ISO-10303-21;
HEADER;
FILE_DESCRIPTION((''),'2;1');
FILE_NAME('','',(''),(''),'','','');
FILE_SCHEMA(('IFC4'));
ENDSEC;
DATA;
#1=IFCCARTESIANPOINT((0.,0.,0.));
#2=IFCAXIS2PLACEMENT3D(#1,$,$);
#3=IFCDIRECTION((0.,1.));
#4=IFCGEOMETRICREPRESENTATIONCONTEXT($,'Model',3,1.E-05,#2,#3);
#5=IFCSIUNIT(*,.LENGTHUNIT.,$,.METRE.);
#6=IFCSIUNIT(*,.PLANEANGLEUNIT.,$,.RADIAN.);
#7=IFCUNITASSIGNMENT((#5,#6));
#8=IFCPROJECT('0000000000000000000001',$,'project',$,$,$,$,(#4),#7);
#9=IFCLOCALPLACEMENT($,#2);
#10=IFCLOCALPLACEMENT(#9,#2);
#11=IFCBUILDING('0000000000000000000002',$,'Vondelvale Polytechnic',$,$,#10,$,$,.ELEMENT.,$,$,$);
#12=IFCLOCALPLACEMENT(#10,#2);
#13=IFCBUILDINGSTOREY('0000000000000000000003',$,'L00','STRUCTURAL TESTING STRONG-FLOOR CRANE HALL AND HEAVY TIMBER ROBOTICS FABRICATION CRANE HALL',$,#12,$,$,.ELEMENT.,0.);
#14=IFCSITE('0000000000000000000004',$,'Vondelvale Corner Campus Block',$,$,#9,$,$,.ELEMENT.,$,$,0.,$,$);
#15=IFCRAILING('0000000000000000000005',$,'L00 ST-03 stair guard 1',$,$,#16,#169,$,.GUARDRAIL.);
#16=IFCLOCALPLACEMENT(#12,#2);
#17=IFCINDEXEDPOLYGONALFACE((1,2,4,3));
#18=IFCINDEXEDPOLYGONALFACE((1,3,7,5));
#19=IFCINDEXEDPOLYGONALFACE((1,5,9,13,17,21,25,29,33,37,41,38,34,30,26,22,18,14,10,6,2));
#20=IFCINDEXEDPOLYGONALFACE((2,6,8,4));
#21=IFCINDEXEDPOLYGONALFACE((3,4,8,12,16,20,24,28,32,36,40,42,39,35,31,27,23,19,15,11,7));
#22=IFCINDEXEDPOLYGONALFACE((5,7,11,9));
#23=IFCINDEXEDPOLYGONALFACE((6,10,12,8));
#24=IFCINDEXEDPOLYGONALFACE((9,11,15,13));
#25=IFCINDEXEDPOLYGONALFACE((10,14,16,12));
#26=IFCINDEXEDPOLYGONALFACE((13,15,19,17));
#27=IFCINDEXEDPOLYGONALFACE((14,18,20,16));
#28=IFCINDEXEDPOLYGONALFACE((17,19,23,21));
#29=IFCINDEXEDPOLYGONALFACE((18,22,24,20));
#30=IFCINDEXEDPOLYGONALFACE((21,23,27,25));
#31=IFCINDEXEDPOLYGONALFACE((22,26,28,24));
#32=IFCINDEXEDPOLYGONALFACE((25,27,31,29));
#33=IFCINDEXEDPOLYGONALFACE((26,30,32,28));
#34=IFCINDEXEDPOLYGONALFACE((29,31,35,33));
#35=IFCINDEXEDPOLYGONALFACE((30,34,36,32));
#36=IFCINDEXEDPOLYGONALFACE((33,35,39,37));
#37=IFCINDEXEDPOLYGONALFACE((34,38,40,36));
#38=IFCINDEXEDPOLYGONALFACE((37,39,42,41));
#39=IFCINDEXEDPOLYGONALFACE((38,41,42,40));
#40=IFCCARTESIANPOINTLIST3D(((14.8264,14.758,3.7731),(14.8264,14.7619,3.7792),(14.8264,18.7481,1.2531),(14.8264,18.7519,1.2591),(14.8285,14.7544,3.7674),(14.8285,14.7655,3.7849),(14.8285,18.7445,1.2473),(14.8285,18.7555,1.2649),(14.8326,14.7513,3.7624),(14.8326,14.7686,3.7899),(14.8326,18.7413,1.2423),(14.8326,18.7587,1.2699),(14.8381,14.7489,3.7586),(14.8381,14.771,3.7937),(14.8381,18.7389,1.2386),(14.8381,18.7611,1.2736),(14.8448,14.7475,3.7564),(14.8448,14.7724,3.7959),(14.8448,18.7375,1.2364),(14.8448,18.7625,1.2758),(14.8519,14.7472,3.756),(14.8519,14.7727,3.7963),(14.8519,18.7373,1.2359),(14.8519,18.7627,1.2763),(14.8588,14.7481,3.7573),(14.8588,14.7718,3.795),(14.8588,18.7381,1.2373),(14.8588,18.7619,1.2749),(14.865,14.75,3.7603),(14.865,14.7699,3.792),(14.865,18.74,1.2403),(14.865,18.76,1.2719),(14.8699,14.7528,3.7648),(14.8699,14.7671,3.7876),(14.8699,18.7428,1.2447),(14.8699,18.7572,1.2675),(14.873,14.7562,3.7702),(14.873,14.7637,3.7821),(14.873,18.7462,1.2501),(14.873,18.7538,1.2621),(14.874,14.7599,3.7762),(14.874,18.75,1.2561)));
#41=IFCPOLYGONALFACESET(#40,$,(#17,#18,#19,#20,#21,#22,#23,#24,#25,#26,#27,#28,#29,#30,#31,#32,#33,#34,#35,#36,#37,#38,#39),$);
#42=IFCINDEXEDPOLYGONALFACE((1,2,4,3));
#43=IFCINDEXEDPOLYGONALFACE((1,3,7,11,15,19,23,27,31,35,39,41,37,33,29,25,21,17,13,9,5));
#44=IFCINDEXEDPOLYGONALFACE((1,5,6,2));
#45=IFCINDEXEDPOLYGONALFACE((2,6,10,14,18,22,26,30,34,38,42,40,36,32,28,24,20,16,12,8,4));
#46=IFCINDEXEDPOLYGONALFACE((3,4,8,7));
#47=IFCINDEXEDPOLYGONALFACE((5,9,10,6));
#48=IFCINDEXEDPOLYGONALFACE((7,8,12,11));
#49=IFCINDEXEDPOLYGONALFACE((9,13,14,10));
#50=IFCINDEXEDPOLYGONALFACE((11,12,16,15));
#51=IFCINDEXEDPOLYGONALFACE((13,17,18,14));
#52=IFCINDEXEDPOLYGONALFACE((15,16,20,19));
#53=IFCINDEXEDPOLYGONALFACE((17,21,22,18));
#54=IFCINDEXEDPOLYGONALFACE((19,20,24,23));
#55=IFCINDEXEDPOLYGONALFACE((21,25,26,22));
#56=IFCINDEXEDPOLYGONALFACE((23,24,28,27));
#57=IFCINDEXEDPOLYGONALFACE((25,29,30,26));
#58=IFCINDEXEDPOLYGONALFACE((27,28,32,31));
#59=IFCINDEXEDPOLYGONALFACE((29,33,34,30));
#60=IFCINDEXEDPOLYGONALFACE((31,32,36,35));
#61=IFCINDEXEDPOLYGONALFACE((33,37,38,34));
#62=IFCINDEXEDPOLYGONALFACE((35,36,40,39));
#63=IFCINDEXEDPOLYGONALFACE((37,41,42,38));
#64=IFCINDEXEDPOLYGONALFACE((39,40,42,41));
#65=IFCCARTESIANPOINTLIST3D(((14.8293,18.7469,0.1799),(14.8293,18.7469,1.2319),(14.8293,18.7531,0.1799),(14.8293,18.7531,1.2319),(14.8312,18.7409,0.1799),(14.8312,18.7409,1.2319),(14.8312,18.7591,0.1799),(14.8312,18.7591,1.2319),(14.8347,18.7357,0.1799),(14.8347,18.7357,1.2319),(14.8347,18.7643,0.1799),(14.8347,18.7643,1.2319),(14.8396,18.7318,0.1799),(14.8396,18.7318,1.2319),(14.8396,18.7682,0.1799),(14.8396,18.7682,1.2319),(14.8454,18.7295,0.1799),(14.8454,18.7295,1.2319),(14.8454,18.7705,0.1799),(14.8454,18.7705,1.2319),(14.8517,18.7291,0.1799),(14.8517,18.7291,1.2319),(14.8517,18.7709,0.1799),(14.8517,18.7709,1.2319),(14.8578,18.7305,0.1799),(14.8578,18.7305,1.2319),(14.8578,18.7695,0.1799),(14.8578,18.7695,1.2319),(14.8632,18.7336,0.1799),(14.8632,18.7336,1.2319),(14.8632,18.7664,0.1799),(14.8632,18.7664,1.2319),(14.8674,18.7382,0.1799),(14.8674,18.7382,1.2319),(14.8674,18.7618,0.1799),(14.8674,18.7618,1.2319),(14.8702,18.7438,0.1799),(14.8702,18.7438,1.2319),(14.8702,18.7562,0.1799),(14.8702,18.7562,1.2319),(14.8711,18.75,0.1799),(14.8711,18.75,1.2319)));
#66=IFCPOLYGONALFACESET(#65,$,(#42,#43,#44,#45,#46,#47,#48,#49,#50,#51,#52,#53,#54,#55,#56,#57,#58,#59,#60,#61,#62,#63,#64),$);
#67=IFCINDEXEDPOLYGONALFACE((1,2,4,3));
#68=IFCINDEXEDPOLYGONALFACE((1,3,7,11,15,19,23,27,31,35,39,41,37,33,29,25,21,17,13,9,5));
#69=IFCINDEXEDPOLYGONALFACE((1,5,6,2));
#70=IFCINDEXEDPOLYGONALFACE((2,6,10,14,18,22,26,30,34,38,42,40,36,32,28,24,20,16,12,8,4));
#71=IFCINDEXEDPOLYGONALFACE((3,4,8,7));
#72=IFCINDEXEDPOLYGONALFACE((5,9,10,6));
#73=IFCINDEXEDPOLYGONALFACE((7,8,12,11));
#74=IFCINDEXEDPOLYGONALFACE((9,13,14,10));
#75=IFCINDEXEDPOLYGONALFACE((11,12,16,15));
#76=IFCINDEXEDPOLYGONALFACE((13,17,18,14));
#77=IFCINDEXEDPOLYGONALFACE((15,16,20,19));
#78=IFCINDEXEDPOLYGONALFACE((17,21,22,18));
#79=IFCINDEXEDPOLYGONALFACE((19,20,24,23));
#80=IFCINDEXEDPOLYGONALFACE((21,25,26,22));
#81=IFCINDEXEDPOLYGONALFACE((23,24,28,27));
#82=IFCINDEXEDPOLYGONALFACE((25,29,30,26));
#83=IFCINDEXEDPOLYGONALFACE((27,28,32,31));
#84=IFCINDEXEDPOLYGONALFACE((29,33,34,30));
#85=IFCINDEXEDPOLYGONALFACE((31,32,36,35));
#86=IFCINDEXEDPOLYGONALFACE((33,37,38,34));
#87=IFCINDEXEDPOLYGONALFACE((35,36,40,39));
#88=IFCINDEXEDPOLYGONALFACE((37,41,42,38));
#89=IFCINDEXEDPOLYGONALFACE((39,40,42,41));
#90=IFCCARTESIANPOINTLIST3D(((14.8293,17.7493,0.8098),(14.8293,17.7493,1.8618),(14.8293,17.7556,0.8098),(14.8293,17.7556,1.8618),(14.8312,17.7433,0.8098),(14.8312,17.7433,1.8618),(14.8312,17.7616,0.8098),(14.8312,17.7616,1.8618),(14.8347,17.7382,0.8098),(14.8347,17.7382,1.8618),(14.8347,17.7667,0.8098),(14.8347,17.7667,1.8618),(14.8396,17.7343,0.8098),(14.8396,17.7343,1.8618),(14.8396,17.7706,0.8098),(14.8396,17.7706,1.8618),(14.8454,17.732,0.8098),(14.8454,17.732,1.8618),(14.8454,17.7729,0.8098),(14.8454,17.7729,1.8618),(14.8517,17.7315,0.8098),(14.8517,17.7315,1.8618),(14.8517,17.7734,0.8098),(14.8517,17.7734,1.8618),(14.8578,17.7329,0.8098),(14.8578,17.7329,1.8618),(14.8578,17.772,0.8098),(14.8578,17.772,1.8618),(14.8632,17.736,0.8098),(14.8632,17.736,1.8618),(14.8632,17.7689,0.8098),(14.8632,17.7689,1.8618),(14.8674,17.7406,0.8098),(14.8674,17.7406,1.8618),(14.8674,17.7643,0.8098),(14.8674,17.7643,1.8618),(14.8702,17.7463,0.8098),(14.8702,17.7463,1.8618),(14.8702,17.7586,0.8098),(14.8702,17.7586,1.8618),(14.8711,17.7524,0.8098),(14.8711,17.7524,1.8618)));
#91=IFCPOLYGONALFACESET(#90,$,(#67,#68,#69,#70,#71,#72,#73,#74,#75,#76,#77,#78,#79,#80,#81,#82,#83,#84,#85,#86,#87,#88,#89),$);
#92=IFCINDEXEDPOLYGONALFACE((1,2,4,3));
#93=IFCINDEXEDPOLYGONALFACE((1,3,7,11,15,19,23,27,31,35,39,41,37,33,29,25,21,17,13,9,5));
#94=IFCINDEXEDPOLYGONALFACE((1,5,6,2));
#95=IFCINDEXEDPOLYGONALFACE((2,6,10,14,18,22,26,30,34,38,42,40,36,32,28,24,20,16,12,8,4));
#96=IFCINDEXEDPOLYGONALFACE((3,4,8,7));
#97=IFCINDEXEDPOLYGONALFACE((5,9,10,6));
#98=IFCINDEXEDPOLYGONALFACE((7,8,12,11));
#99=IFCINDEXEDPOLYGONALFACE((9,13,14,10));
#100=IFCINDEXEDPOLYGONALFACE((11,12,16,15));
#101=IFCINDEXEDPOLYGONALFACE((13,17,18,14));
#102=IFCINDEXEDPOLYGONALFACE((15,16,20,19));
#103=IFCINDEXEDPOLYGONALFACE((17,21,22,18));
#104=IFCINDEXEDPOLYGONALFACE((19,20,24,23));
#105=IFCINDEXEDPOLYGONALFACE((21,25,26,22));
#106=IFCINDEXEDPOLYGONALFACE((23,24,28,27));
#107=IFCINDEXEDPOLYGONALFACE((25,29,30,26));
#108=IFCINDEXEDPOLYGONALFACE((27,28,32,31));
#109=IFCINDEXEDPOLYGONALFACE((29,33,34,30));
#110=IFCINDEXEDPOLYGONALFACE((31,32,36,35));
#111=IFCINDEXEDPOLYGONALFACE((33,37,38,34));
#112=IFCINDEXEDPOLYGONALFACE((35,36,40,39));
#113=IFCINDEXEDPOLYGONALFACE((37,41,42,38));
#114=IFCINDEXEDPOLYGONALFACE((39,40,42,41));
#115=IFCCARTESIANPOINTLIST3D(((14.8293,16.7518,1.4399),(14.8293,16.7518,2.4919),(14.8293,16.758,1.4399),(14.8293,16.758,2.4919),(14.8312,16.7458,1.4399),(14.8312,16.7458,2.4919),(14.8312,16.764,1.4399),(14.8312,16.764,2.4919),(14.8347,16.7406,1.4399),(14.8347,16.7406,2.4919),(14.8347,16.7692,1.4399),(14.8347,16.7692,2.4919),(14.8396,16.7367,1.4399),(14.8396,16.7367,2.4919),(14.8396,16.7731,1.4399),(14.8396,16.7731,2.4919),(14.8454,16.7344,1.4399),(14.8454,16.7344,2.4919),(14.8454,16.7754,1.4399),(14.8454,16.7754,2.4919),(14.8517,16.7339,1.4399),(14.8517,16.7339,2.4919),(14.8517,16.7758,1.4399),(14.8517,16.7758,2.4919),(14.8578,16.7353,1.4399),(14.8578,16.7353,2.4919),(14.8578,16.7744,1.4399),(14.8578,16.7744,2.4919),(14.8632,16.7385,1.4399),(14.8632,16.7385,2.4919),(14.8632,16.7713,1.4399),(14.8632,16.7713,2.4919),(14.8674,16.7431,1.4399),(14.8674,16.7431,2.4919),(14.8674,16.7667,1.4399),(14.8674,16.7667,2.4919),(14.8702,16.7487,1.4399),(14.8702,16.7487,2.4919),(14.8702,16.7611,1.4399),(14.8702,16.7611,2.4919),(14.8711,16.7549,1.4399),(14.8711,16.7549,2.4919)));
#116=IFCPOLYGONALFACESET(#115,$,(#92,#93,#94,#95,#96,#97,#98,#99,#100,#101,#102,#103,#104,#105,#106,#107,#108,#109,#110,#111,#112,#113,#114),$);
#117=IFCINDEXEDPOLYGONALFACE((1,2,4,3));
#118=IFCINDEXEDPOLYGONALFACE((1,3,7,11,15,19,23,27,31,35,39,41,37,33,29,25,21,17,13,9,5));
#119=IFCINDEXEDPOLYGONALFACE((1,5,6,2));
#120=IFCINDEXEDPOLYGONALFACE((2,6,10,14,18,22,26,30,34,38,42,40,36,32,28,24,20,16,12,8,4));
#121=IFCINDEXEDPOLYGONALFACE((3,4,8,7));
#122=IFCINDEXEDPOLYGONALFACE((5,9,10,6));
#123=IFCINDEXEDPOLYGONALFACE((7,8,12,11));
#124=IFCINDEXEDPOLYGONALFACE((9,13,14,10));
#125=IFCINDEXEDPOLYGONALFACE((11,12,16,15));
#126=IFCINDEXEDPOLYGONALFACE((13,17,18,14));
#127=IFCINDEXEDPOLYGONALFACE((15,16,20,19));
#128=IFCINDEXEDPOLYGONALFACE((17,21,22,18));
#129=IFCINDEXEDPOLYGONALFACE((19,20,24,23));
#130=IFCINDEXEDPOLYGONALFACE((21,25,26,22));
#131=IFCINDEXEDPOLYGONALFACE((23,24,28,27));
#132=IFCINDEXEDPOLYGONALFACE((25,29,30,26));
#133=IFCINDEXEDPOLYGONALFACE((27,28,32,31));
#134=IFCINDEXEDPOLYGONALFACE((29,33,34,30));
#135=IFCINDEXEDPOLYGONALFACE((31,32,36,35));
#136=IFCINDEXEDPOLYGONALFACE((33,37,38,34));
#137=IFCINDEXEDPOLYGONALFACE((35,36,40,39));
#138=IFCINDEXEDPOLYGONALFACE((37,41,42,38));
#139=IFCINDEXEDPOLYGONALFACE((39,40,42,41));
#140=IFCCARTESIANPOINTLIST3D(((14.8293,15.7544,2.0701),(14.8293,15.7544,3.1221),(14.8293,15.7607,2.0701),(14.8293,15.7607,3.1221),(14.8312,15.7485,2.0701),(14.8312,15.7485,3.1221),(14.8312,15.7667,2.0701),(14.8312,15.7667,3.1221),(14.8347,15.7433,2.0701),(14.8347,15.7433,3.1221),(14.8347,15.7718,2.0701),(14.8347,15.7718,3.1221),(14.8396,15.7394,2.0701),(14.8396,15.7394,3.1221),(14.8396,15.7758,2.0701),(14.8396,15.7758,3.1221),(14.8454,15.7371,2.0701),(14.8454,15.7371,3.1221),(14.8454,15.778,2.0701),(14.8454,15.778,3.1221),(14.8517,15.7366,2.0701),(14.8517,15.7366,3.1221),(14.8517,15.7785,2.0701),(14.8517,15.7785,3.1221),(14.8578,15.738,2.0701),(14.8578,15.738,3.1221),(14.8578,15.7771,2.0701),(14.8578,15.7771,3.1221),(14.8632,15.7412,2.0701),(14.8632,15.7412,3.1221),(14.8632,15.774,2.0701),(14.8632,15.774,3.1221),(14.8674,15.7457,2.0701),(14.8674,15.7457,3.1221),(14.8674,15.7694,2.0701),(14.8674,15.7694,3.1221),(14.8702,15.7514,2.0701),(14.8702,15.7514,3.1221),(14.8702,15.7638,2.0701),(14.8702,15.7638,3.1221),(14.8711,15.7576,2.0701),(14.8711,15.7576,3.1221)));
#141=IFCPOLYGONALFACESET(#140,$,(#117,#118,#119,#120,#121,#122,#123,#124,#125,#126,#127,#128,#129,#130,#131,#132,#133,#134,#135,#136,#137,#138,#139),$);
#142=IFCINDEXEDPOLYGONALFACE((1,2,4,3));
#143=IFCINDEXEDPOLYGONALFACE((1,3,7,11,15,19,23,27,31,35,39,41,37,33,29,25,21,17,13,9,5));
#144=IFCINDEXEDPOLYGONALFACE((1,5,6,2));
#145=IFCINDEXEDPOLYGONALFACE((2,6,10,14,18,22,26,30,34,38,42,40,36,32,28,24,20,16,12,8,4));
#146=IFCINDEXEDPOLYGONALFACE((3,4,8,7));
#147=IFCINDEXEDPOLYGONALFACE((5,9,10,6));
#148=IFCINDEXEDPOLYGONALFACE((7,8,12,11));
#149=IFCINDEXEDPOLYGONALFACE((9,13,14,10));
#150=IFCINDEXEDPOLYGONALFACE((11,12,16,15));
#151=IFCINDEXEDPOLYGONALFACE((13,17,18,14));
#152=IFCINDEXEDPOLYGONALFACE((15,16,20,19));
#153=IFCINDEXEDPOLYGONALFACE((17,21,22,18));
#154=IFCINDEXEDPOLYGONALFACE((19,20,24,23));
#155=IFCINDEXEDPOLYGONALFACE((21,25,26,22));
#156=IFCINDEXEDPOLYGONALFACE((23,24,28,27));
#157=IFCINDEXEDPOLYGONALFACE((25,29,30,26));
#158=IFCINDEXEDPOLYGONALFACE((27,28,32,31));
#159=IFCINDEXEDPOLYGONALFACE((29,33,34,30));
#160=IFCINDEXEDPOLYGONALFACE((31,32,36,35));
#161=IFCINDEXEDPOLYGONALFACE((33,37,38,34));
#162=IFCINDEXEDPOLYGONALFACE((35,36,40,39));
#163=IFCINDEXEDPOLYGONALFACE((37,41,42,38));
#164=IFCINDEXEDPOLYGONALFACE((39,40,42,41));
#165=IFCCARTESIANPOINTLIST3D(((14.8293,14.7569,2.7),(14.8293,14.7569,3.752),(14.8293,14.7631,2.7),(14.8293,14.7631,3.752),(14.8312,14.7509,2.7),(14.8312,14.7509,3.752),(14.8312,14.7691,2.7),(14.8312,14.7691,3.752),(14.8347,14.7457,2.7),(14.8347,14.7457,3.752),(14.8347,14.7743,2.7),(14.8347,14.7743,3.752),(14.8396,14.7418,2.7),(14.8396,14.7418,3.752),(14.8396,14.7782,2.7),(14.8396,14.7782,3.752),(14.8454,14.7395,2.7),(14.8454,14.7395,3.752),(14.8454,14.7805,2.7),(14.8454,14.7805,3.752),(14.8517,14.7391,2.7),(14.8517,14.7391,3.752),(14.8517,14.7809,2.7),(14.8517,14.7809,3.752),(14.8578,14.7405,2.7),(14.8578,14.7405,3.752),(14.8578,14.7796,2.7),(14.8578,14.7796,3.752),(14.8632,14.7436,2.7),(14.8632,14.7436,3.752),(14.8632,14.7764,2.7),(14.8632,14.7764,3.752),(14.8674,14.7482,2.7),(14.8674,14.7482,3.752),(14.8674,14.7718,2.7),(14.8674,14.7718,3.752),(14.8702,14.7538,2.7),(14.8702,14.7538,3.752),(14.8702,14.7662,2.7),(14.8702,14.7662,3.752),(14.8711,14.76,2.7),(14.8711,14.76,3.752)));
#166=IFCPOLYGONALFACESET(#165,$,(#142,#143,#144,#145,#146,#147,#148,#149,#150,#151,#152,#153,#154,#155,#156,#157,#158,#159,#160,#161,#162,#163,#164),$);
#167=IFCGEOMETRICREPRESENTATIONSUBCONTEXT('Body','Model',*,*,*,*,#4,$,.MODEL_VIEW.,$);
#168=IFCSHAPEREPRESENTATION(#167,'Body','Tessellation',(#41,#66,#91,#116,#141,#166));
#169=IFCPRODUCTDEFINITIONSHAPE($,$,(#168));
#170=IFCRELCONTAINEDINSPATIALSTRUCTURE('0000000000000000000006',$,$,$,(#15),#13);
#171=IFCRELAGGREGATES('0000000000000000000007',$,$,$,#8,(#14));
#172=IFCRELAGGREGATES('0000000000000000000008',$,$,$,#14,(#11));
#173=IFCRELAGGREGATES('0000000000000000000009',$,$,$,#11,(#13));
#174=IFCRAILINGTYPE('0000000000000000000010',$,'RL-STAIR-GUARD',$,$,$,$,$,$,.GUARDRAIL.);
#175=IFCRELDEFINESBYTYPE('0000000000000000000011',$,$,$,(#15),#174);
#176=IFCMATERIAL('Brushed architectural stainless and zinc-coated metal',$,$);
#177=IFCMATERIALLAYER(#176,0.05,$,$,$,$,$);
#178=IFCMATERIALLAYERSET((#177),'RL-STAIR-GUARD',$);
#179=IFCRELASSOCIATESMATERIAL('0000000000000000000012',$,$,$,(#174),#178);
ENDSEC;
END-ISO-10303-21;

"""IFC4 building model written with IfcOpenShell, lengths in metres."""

from ifc_helpers import new_model, si_unit, direction, frame, origin, origin_2d, place, context, subcontext, project, spatial, circle, extrude, material, layer, layer_set, type_object, element, save


model = new_model("IFC4")

# Units and contexts
model_context = context("Model", 3, precision=1e-05, world=origin(), true_north=direction((0.0, 1.0)))
body_context = subcontext(model_context, "Body", "Model", "MODEL_VIEW")
ifc_project = project(units=[si_unit("LENGTHUNIT", "METRE"), si_unit("PLANEANGLEUNIT", "RADIAN")], contexts=[model_context])

# Site, building, storey
site_placement = place(None, origin())
site = spatial("IfcSite", under=ifc_project, at=site_placement, Name="Vondelvale Corner Campus Block", CompositionType="ELEMENT", RefElevation=0.0)
building_placement = place(site_placement, origin())
building = spatial("IfcBuilding", under=site, at=building_placement, Name="Vondelvale Polytechnic", CompositionType="ELEMENT")
storey_placement = place(building_placement, origin())
storey = spatial("IfcBuildingStorey", under=building, at=storey_placement, Name="L00", Description="STRUCTURAL TESTING STRONG-FLOOR CRANE HALL AND HEAVY TIMBER ROBOTICS FABRICATION CRANE HALL", CompositionType="ELEMENT", Elevation=0.0)

# Shared definitions
ifc_material_1 = material(Name="Brushed architectural stainless and zinc-coated metal")

# Railing
ifc_layer_1 = layer(ifc_material_1, 0.05)
ifc_layer_set_1 = layer_set([ifc_layer_1], Name="RL-STAIR-GUARD")
railing_type_1 = type_object("IfcRailingType", Name="RL-STAIR-GUARD", PredefinedType="GUARDRAIL", material=ifc_layer_set_1)
railing_1_placement = place(storey_placement, frame((14.8501, 18.75, 0.1799)))
element("IfcRailing", 1, at=railing_1_placement, inside=storey, type_object=railing_type_1, Name="L00 ST-03 stair guard 1", PredefinedType="GUARDRAIL", context=body_context, shape_type="SweptSolid", body=[
    extrude(circle(Radius=0.0239, at=origin_2d()), frame((0.0, 0.0, 1.0762), z_axis=(0.0, -0.845486, 0.533997), x_axis=(1.0, 0.0, 0.0)), (0.0, 0.0, 1.0), 4.7192),
    extrude(circle(Radius=0.021, at=origin_2d()), origin(), (0.0, 0.0, 1.0), 1.052),
    extrude(circle(Radius=0.021, at=origin_2d()), frame((0.0, -0.9976, 0.6299)), (0.0, 0.0, 1.0), 1.052),
    extrude(circle(Radius=0.021, at=origin_2d()), frame((0.0, -1.9951, 1.26)), (0.0, 0.0, 1.0), 1.052),
    extrude(circle(Radius=0.021, at=origin_2d()), frame((0.0, -2.9924, 1.8901)), (0.0, 0.0, 1.0), 1.052),
    extrude(circle(Radius=0.021, at=origin_2d()), frame((0.0, -3.99, 2.52)), (0.0, 0.0, 1.0), 1.052),
])

save(model, "model.ifc")
